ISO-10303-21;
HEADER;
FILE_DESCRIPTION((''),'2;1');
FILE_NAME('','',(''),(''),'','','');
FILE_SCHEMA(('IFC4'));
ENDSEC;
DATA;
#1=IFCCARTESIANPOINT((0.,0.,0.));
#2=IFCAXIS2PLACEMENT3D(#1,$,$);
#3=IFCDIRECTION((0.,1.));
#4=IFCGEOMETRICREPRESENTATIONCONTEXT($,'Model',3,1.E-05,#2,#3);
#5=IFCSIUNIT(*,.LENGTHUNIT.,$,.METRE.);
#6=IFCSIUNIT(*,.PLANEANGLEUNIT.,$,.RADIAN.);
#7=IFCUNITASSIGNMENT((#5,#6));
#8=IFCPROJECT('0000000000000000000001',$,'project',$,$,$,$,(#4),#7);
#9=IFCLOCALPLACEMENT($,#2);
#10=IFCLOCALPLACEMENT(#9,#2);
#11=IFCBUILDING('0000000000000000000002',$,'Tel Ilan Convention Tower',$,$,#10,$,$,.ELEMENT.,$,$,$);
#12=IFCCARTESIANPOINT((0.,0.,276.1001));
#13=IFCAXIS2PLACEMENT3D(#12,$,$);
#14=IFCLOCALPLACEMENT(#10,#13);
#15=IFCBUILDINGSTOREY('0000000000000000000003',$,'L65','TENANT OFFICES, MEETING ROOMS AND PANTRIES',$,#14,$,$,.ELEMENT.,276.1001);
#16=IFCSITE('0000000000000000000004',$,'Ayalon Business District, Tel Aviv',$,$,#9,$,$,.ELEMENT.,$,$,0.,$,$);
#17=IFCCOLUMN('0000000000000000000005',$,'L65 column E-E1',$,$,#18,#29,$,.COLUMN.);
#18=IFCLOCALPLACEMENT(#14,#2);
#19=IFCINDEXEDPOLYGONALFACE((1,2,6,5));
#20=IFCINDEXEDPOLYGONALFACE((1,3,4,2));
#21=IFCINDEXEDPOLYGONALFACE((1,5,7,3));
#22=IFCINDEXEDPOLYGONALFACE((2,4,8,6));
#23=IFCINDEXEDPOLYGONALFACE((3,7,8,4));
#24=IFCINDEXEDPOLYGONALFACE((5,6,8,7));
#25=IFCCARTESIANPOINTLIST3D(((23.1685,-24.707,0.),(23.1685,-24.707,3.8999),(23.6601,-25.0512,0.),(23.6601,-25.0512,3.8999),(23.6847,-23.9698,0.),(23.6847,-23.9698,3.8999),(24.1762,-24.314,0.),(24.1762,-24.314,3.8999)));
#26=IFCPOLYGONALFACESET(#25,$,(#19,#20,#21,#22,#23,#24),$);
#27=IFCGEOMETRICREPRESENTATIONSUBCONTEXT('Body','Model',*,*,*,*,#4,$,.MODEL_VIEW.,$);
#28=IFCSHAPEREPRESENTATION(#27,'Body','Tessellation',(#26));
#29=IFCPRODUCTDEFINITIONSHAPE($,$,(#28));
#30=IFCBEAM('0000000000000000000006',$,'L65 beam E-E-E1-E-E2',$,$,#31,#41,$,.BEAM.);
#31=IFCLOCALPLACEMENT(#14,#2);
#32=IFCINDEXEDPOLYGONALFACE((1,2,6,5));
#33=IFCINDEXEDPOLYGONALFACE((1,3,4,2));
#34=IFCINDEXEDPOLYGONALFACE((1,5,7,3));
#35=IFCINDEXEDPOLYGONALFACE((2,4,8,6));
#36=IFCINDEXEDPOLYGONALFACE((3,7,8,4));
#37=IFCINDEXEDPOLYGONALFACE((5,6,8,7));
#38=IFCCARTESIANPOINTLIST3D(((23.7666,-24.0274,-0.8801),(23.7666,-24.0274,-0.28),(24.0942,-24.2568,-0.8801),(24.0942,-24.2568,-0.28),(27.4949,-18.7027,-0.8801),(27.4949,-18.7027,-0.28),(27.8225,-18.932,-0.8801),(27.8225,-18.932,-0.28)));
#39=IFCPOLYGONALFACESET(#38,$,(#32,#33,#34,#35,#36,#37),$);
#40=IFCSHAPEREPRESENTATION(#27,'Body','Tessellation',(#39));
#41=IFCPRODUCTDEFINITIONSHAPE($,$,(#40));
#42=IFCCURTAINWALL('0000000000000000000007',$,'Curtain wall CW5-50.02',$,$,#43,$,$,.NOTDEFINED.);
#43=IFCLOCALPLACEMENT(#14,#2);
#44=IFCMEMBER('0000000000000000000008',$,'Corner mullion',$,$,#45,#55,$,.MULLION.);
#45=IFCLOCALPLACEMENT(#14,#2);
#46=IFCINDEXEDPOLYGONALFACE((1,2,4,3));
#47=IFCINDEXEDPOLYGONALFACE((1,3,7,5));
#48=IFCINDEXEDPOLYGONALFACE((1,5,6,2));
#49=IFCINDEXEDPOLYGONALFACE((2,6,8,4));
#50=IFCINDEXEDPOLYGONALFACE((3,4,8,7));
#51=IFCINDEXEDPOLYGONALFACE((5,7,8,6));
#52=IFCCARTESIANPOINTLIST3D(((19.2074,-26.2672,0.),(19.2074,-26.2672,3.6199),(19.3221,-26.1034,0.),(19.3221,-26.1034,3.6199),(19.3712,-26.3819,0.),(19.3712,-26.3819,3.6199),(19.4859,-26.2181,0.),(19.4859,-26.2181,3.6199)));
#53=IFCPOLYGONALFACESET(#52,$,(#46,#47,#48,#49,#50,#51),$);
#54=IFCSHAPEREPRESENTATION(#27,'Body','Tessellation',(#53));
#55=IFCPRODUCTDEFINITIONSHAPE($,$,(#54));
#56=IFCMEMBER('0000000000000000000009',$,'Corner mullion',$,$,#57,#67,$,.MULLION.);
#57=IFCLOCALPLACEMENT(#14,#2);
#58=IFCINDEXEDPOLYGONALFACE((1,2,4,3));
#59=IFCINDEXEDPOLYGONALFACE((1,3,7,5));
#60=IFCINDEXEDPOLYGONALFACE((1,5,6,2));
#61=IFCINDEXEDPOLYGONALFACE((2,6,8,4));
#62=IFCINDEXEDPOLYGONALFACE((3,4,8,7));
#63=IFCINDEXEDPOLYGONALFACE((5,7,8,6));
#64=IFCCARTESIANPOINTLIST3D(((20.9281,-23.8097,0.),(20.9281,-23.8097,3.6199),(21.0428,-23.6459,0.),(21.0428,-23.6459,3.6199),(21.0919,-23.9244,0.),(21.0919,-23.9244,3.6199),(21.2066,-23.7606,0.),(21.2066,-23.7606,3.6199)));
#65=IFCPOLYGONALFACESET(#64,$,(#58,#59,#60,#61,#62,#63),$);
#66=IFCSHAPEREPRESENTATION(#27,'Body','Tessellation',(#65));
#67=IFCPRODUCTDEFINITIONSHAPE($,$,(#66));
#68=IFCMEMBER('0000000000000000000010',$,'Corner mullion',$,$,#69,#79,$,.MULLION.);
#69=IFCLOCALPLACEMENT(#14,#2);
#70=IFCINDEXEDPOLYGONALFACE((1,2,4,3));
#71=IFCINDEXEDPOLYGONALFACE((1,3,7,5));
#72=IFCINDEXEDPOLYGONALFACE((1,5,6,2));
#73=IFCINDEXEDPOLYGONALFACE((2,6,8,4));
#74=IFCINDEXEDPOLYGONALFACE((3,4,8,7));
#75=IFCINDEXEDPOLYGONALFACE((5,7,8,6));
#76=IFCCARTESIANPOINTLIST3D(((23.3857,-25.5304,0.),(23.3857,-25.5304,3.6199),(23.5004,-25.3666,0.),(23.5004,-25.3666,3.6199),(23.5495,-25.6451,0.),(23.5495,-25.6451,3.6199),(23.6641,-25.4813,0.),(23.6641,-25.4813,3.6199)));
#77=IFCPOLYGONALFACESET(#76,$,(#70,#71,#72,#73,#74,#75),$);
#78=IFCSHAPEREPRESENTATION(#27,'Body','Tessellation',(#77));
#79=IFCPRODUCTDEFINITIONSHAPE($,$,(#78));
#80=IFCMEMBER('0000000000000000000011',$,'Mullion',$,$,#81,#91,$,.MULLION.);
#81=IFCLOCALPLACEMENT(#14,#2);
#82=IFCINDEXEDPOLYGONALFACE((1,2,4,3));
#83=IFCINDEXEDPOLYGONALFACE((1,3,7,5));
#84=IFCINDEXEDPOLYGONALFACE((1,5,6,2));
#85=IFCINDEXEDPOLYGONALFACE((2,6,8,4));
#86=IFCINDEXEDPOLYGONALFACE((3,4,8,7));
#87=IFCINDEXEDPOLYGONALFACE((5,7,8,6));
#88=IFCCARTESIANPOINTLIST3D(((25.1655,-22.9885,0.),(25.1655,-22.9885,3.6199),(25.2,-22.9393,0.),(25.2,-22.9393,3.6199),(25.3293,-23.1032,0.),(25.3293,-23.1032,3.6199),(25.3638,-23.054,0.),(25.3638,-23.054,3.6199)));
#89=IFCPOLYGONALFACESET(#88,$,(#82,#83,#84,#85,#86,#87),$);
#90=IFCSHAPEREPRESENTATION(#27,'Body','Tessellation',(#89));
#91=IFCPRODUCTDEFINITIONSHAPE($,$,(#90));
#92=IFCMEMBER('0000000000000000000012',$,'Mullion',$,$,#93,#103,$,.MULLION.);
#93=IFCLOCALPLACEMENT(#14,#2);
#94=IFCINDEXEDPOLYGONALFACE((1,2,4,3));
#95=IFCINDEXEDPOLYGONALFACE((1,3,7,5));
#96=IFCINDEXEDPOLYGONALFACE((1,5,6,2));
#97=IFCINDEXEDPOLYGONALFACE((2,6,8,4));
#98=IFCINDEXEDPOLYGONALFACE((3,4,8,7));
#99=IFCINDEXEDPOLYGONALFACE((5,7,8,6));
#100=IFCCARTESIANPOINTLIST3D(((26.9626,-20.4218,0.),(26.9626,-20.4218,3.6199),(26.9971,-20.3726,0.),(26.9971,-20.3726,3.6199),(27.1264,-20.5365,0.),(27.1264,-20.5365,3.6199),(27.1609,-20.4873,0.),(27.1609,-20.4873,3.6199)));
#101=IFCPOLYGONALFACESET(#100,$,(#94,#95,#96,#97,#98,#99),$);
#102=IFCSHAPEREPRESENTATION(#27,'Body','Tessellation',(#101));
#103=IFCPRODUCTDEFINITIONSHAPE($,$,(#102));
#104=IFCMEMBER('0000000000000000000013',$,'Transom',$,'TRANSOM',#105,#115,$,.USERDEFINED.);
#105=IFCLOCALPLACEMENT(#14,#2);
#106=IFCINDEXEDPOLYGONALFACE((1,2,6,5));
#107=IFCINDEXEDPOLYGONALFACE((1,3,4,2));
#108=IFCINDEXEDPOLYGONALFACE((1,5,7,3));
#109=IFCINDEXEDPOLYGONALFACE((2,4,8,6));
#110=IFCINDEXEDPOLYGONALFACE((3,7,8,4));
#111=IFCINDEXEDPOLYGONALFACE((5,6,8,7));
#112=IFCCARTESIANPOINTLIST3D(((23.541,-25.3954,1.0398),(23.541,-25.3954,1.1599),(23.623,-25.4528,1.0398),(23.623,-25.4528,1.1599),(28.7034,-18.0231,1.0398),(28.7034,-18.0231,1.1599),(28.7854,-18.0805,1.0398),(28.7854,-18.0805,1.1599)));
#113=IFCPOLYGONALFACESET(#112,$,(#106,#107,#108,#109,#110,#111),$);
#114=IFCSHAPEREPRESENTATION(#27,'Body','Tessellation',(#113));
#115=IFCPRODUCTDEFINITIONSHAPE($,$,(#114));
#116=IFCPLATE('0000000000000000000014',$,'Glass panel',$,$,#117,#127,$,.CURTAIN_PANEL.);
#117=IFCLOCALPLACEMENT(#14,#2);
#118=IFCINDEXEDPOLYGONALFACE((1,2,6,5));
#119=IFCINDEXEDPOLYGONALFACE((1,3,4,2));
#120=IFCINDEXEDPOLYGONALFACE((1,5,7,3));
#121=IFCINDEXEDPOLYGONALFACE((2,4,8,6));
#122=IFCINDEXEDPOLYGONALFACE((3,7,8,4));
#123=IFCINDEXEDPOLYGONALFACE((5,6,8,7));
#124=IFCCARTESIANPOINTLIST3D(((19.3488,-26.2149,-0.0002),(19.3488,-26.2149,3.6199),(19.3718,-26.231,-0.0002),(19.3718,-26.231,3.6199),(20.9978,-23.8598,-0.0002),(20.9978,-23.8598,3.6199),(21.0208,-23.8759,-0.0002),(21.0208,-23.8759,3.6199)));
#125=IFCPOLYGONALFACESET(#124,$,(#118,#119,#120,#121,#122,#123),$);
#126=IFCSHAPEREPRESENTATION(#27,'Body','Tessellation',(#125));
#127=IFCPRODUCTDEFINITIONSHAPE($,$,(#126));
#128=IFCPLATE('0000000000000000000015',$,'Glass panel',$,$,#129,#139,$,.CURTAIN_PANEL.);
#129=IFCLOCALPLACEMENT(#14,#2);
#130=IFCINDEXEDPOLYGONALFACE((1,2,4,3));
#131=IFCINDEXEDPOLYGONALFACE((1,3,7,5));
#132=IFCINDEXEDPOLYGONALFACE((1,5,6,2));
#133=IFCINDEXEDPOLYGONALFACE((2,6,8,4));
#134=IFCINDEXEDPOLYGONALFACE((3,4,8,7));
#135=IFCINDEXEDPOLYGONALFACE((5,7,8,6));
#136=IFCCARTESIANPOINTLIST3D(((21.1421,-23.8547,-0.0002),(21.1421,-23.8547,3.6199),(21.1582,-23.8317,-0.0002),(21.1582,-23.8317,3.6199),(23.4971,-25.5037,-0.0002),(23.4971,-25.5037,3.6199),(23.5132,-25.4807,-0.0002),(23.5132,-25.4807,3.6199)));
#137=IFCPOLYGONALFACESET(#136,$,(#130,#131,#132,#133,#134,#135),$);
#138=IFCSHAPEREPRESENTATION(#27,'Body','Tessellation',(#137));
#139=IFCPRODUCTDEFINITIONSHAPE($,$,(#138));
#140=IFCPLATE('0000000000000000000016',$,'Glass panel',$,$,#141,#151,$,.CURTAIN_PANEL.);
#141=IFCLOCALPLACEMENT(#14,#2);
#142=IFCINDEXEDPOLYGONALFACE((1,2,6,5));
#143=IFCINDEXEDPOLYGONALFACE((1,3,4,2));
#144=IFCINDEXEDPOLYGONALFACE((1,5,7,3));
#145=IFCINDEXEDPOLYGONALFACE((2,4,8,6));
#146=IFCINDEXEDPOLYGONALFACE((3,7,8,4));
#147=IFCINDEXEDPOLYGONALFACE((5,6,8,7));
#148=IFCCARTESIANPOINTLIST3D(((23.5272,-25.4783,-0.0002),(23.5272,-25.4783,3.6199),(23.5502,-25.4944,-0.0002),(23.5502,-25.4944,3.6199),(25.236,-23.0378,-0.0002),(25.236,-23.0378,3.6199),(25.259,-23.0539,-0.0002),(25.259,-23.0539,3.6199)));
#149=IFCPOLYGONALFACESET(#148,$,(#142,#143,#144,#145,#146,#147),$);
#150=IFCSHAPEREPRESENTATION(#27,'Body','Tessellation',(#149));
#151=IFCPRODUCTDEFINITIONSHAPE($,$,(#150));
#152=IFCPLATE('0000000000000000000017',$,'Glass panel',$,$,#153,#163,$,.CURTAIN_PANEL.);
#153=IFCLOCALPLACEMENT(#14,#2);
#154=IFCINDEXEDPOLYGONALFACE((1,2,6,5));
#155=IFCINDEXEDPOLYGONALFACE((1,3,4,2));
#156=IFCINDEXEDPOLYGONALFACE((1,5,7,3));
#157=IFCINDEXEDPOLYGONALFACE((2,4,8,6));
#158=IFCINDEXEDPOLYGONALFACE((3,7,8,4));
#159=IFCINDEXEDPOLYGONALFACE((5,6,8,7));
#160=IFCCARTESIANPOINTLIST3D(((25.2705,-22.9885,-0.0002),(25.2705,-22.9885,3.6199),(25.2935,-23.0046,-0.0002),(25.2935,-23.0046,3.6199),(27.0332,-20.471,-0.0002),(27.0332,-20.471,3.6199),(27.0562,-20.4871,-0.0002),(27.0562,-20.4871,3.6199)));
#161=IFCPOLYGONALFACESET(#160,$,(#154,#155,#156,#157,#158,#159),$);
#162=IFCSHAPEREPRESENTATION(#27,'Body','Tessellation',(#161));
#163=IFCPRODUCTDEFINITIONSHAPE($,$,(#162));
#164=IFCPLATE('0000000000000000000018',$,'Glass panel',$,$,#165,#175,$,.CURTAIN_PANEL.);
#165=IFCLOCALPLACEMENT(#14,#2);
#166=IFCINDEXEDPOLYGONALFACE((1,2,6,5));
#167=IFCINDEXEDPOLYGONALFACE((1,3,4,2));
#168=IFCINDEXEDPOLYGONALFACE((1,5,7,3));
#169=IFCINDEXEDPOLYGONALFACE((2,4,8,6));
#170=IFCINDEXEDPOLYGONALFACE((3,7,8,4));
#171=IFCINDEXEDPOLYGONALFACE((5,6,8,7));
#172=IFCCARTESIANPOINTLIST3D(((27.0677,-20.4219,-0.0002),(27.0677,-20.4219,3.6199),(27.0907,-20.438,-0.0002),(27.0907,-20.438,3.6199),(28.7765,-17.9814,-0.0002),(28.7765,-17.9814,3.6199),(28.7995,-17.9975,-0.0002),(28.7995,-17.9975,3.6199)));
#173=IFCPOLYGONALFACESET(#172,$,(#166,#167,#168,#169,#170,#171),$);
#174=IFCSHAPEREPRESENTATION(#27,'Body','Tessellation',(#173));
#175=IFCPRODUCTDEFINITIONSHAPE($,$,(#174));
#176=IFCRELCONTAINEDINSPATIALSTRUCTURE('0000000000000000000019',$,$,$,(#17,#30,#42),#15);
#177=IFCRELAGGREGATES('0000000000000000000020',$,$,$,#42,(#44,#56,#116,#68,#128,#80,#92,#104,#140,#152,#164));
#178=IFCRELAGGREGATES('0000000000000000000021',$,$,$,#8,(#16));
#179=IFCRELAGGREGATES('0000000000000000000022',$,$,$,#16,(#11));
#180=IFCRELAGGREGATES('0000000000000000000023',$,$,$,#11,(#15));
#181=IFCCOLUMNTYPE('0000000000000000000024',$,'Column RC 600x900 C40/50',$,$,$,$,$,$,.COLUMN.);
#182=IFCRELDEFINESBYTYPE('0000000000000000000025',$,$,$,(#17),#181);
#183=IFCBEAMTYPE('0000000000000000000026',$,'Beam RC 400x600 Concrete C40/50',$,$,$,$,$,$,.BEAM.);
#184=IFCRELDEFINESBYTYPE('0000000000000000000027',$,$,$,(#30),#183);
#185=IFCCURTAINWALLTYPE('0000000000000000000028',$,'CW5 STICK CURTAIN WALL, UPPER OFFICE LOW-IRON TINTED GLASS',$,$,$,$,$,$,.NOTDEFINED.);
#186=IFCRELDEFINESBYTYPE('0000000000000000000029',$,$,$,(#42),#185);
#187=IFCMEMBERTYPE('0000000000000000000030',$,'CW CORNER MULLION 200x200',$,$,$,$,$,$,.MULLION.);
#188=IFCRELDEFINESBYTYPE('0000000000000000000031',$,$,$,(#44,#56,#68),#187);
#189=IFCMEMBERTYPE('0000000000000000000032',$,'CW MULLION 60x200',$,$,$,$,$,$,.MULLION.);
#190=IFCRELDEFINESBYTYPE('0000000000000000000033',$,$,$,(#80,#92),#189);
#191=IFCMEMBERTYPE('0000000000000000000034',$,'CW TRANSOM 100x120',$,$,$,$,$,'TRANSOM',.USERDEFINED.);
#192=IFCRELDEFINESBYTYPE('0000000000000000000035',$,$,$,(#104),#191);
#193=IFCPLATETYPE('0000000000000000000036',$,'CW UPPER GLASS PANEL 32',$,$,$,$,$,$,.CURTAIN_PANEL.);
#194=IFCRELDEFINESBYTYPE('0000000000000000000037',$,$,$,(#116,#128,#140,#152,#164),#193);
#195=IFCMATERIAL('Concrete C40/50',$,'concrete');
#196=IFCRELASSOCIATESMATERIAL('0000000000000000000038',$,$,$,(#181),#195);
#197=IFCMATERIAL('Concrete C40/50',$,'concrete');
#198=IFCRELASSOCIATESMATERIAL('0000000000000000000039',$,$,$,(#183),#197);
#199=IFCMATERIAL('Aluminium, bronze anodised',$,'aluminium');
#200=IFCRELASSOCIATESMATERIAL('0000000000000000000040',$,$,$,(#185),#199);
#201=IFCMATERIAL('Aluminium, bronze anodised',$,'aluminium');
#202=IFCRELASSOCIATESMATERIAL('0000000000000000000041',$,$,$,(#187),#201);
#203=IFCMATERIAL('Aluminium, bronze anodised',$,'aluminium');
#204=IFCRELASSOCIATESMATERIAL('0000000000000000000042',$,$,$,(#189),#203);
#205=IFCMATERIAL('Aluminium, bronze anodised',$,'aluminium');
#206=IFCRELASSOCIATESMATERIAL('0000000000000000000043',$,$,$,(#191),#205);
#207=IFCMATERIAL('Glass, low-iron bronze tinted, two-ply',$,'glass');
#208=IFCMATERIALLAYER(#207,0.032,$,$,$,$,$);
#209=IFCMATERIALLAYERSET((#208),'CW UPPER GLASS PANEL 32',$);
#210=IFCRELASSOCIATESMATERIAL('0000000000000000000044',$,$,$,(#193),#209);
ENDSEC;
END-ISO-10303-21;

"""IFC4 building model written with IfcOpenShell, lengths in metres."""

from ifc_helpers import new_model, si_unit, direction, frame, origin, origin_2d, place, context, subcontext, project, spatial, rectangle, extrude, material, layer, layer_set, material_profile, profile_set, type_object, element, aggregate, save


model = new_model("IFC4")

# Units and contexts
model_context = context("Model", 3, precision=1e-05, world=origin(), true_north=direction((0.0, 1.0)))
body_context = subcontext(model_context, "Body", "Model", "MODEL_VIEW")
ifc_project = project(units=[si_unit("LENGTHUNIT", "METRE"), si_unit("PLANEANGLEUNIT", "RADIAN")], contexts=[model_context])

# Site, building, storey
site_placement = place(None, origin())
site = spatial("IfcSite", under=ifc_project, at=site_placement, Name="Ayalon Business District, Tel Aviv", CompositionType="ELEMENT", RefElevation=0.0)
building_placement = place(site_placement, origin())
building = spatial("IfcBuilding", under=site, at=building_placement, Name="Tel Ilan Convention Tower", CompositionType="ELEMENT")
storey_placement = place(building_placement, frame((0.0, 0.0, 276.1001)))
storey = spatial("IfcBuildingStorey", under=building, at=storey_placement, Name="L65", Description="TENANT OFFICES, MEETING ROOMS AND PANTRIES", CompositionType="ELEMENT", Elevation=276.1001)

# Column
ifc_material_1 = material(Name="Concrete C40/50", Category="concrete")
ifc_material_profile_1 = material_profile(ifc_material_1, rectangle(XDim=0.8999, YDim=0.6001, at=origin_2d()), Name="RC 600x900")
ifc_profile_set_1 = profile_set([ifc_material_profile_1], Name="Concrete C40/50")
column_type = type_object("IfcColumnType", Name="Column RC 600x900 C40/50", PredefinedType="COLUMN", material=ifc_profile_set_1)
column_placement = place(storey_placement, frame((23.6724, -24.5105, 0.0), z_axis=(0.0, 0.0, 1.0), x_axis=(0.573576, 0.819152, 0.0)))
element("IfcColumn", 1, at=column_placement, inside=storey, type_object=column_type, Name="L65 column E-E1", PredefinedType="COLUMN", context=body_context, shape_type="SweptSolid", body=[
    extrude(rectangle(XDim=0.8999, YDim=0.6001, at=origin_2d()), origin(), (0.0, 0.0, 1.0), 3.8999),
])

# Beam
ifc_material_2 = material(Name="Concrete C40/50", Category="concrete")
ifc_material_profile_2 = material_profile(ifc_material_2, rectangle(XDim=0.3999, YDim=0.6001, at=origin_2d()), Name="RC 400x600")
ifc_profile_set_2 = profile_set([ifc_material_profile_2], Name="Concrete C40/50")
beam_type = type_object("IfcBeamType", Name="Beam RC 400x600 Concrete C40/50", PredefinedType="BEAM", material=ifc_profile_set_2)
beam_placement = place(storey_placement, frame((23.9304, -24.1421, -0.5801), z_axis=(0.573563, 0.819161, 0.0), x_axis=(-0.819161, 0.573563, 0.0)))
element("IfcBeam", 2, at=beam_placement, inside=storey, type_object=beam_type, Name="L65 beam E-E-E1-E-E2", PredefinedType="BEAM", context=body_context, shape_type="SweptSolid", body=[
    extrude(rectangle(XDim=0.3999, YDim=0.6001, at=origin_2d()), origin(), (0.0, 0.0, 1.0), 6.5002),
])

# Curtain wall, members, plates
ifc_material_3 = material(Name="Aluminium, bronze anodised", Category="aluminium")
curtain_wall_type = type_object("IfcCurtainWallType", Name="CW5 STICK CURTAIN WALL, UPPER OFFICE LOW-IRON TINTED GLASS", PredefinedType="NOTDEFINED", material=ifc_material_3)
curtain_wall_placement = place(storey_placement, origin())
curtain_wall = element("IfcCurtainWall", 3, at=curtain_wall_placement, inside=storey, type_object=curtain_wall_type, Name="Curtain wall CW5-50.02", PredefinedType="NOTDEFINED")
ifc_material_4 = material(Name="Aluminium, bronze anodised", Category="aluminium")
ifc_material_profile_3 = material_profile(ifc_material_4, rectangle(XDim=0.2, YDim=0.2, at=origin_2d()), Name="CW CORNER MULLION 200x200")
ifc_profile_set_3 = profile_set([ifc_material_profile_3], Name="Aluminium, bronze anodised")
member_type_1 = type_object("IfcMemberType", Name="CW CORNER MULLION 200x200", PredefinedType="MULLION", material=ifc_profile_set_3)
member_1_placement = place(storey_placement, frame((19.3467, -26.2427, 0.0), z_axis=(0.0, 0.0, 1.0), x_axis=(0.819152, -0.573576, 0.0)))
member_1 = element("IfcMember", 4, at=member_1_placement, type_object=member_type_1, Name="Corner mullion", PredefinedType="MULLION", context=body_context, shape_type="SweptSolid", body=[
    extrude(rectangle(XDim=0.2, YDim=0.2, at=origin_2d()), origin(), (0.0, 0.0, 1.0), 3.6199),
])
member_2_placement = place(storey_placement, frame((21.0674, -23.7852, 0.0), z_axis=(0.0, 0.0, 1.0), x_axis=(0.573576, 0.819152, 0.0)))
member_2 = element("IfcMember", 5, at=member_2_placement, type_object=member_type_1, Name="Corner mullion", PredefinedType="MULLION", context=body_context, shape_type="SweptSolid", body=[
    extrude(rectangle(XDim=0.2, YDim=0.2, at=origin_2d()), origin(), (0.0, 0.0, 1.0), 3.6199),
])
member_3_placement = place(storey_placement, frame((23.5249, -25.5059, 0.0), z_axis=(0.0, 0.0, 1.0), x_axis=(0.819152, -0.573576, 0.0)))
member_3 = element("IfcMember", 6, at=member_3_placement, type_object=member_type_1, Name="Corner mullion", PredefinedType="MULLION", context=body_context, shape_type="SweptSolid", body=[
    extrude(rectangle(XDim=0.2, YDim=0.2, at=origin_2d()), origin(), (0.0, 0.0, 1.0), 3.6199),
])
ifc_material_5 = material(Name="Aluminium, bronze anodised", Category="aluminium")
ifc_material_profile_4 = material_profile(ifc_material_5, rectangle(XDim=0.0601, YDim=0.2, at=origin_2d()), Name="CW MULLION 60x200")
ifc_profile_set_4 = profile_set([ifc_material_profile_4], Name="Aluminium, bronze anodised")
member_type_2 = type_object("IfcMemberType", Name="CW MULLION 60x200", PredefinedType="MULLION", material=ifc_profile_set_4)
member_4_placement = place(storey_placement, frame((25.2646, -23.0212, 0.0), z_axis=(0.0, 0.0, 1.0), x_axis=(0.573576, 0.819152, 0.0)))
member_4 = element("IfcMember", 7, at=member_4_placement, type_object=member_type_2, Name="Mullion", PredefinedType="MULLION", context=body_context, shape_type="SweptSolid", body=[
    extrude(rectangle(XDim=0.0601, YDim=0.2, at=origin_2d()), origin(), (0.0, 0.0, 1.0), 3.6199),
])
member_5_placement = place(storey_placement, frame((27.0618, -20.4546, 0.0), z_axis=(0.0, 0.0, 1.0), x_axis=(0.573576, 0.819152, 0.0)))
member_5 = element("IfcMember", 8, at=member_5_placement, type_object=member_type_2, Name="Mullion", PredefinedType="MULLION", context=body_context, shape_type="SweptSolid", body=[
    extrude(rectangle(XDim=0.0601, YDim=0.2, at=origin_2d()), origin(), (0.0, 0.0, 1.0), 3.6199),
])
ifc_material_6 = material(Name="Aluminium, bronze anodised", Category="aluminium")
ifc_material_profile_5 = material_profile(ifc_material_6, rectangle(XDim=0.1001, YDim=0.1201, at=origin_2d()), Name="CW TRANSOM 100x120")
ifc_profile_set_5 = profile_set([ifc_material_profile_5], Name="Aluminium, bronze anodised")
member_type_3 = type_object("IfcMemberType", Name="CW TRANSOM 100x120", ElementType="TRANSOM", PredefinedType="USERDEFINED", material=ifc_profile_set_5)
member_6_placement = place(storey_placement, frame((23.582, -25.4241, 1.0999), z_axis=(0.573592, 0.819141, 0.0), x_axis=(-0.819141, 0.573592, 0.0)))
member_6 = element("IfcMember", 9, at=member_6_placement, type_object=member_type_3, Name="Transom", ObjectType="TRANSOM", PredefinedType="USERDEFINED", context=body_context, shape_type="SweptSolid", body=[
    extrude(rectangle(XDim=0.1001, YDim=0.1201, at=origin_2d()), origin(), (0.0, 0.0, 1.0), 9.0),
])
ifc_material_7 = material(Name="Glass, low-iron bronze tinted, two-ply", Category="glass")
ifc_layer_1 = layer(ifc_material_7, 0.032)
ifc_layer_set_1 = layer_set([ifc_layer_1], Name="CW UPPER GLASS PANEL 32")
plate_type = type_object("IfcPlateType", Name="CW UPPER GLASS PANEL 32", PredefinedType="CURTAIN_PANEL", material=ifc_layer_set_1)
plate_1_placement = place(storey_placement, frame((20.1848, -25.0454, -0.0002), z_axis=(0.0, 0.0, 1.0), x_axis=(0.573576, 0.819152, 0.0)))
plate_1 = element("IfcPlate", 10, at=plate_1_placement, type_object=plate_type, Name="Glass panel", PredefinedType="CURTAIN_PANEL", context=body_context, shape_type="SweptSolid", body=[
    extrude(rectangle(XDim=2.875, YDim=0.0281, at=origin_2d()), origin(), (0.0, 0.0, 1.0), 3.6201),
])
plate_2_placement = place(storey_placement, frame((22.3276, -24.6677, -0.0002), z_axis=(0.0, 0.0, 1.0), x_axis=(0.819152, -0.573576, 0.0)))
plate_2 = element("IfcPlate", 11, at=plate_2_placement, type_object=plate_type, Name="Glass panel", PredefinedType="CURTAIN_PANEL", context=body_context, shape_type="SweptSolid", body=[
    extrude(rectangle(XDim=2.875, YDim=0.0281, at=origin_2d()), origin(), (0.0, 0.0, 1.0), 3.6201),
])
plate_3_placement = place(storey_placement, frame((24.3931, -24.2661, -0.0002), z_axis=(0.0, 0.0, 1.0), x_axis=(0.573576, 0.819152, 0.0)))
plate_3 = element("IfcPlate", 12, at=plate_3_placement, type_object=plate_type, Name="Glass panel", PredefinedType="CURTAIN_PANEL", context=body_context, shape_type="SweptSolid", body=[
    extrude(rectangle(XDim=2.9792, YDim=0.0281, at=origin_2d()), origin(), (0.0, 0.0, 1.0), 3.6201),
])
plate_4_placement = place(storey_placement, frame((26.1633, -21.7378, -0.0002), z_axis=(0.0, 0.0, 1.0), x_axis=(0.573576, 0.819152, 0.0)))
plate_4 = element("IfcPlate", 13, at=plate_4_placement, type_object=plate_type, Name="Glass panel", PredefinedType="CURTAIN_PANEL", context=body_context, shape_type="SweptSolid", body=[
    extrude(rectangle(XDim=3.0732, YDim=0.0281, at=origin_2d()), origin(), (0.0, 0.0, 1.0), 3.6201),
])
plate_5_placement = place(storey_placement, frame((27.9336, -19.2097, -0.0002), z_axis=(0.0, 0.0, 1.0), x_axis=(0.573576, 0.819152, 0.0)))
plate_5 = element("IfcPlate", 14, at=plate_5_placement, type_object=plate_type, Name="Glass panel", PredefinedType="CURTAIN_PANEL", context=body_context, shape_type="SweptSolid", body=[
    extrude(rectangle(XDim=2.9792, YDim=0.0281, at=origin_2d()), origin(), (0.0, 0.0, 1.0), 3.6201),
])
aggregate(curtain_wall, [member_1, member_2, plate_1, member_3, plate_2, member_4, member_5, member_6, plate_3, plate_4, plate_5])

save(model, "model.ifc")
